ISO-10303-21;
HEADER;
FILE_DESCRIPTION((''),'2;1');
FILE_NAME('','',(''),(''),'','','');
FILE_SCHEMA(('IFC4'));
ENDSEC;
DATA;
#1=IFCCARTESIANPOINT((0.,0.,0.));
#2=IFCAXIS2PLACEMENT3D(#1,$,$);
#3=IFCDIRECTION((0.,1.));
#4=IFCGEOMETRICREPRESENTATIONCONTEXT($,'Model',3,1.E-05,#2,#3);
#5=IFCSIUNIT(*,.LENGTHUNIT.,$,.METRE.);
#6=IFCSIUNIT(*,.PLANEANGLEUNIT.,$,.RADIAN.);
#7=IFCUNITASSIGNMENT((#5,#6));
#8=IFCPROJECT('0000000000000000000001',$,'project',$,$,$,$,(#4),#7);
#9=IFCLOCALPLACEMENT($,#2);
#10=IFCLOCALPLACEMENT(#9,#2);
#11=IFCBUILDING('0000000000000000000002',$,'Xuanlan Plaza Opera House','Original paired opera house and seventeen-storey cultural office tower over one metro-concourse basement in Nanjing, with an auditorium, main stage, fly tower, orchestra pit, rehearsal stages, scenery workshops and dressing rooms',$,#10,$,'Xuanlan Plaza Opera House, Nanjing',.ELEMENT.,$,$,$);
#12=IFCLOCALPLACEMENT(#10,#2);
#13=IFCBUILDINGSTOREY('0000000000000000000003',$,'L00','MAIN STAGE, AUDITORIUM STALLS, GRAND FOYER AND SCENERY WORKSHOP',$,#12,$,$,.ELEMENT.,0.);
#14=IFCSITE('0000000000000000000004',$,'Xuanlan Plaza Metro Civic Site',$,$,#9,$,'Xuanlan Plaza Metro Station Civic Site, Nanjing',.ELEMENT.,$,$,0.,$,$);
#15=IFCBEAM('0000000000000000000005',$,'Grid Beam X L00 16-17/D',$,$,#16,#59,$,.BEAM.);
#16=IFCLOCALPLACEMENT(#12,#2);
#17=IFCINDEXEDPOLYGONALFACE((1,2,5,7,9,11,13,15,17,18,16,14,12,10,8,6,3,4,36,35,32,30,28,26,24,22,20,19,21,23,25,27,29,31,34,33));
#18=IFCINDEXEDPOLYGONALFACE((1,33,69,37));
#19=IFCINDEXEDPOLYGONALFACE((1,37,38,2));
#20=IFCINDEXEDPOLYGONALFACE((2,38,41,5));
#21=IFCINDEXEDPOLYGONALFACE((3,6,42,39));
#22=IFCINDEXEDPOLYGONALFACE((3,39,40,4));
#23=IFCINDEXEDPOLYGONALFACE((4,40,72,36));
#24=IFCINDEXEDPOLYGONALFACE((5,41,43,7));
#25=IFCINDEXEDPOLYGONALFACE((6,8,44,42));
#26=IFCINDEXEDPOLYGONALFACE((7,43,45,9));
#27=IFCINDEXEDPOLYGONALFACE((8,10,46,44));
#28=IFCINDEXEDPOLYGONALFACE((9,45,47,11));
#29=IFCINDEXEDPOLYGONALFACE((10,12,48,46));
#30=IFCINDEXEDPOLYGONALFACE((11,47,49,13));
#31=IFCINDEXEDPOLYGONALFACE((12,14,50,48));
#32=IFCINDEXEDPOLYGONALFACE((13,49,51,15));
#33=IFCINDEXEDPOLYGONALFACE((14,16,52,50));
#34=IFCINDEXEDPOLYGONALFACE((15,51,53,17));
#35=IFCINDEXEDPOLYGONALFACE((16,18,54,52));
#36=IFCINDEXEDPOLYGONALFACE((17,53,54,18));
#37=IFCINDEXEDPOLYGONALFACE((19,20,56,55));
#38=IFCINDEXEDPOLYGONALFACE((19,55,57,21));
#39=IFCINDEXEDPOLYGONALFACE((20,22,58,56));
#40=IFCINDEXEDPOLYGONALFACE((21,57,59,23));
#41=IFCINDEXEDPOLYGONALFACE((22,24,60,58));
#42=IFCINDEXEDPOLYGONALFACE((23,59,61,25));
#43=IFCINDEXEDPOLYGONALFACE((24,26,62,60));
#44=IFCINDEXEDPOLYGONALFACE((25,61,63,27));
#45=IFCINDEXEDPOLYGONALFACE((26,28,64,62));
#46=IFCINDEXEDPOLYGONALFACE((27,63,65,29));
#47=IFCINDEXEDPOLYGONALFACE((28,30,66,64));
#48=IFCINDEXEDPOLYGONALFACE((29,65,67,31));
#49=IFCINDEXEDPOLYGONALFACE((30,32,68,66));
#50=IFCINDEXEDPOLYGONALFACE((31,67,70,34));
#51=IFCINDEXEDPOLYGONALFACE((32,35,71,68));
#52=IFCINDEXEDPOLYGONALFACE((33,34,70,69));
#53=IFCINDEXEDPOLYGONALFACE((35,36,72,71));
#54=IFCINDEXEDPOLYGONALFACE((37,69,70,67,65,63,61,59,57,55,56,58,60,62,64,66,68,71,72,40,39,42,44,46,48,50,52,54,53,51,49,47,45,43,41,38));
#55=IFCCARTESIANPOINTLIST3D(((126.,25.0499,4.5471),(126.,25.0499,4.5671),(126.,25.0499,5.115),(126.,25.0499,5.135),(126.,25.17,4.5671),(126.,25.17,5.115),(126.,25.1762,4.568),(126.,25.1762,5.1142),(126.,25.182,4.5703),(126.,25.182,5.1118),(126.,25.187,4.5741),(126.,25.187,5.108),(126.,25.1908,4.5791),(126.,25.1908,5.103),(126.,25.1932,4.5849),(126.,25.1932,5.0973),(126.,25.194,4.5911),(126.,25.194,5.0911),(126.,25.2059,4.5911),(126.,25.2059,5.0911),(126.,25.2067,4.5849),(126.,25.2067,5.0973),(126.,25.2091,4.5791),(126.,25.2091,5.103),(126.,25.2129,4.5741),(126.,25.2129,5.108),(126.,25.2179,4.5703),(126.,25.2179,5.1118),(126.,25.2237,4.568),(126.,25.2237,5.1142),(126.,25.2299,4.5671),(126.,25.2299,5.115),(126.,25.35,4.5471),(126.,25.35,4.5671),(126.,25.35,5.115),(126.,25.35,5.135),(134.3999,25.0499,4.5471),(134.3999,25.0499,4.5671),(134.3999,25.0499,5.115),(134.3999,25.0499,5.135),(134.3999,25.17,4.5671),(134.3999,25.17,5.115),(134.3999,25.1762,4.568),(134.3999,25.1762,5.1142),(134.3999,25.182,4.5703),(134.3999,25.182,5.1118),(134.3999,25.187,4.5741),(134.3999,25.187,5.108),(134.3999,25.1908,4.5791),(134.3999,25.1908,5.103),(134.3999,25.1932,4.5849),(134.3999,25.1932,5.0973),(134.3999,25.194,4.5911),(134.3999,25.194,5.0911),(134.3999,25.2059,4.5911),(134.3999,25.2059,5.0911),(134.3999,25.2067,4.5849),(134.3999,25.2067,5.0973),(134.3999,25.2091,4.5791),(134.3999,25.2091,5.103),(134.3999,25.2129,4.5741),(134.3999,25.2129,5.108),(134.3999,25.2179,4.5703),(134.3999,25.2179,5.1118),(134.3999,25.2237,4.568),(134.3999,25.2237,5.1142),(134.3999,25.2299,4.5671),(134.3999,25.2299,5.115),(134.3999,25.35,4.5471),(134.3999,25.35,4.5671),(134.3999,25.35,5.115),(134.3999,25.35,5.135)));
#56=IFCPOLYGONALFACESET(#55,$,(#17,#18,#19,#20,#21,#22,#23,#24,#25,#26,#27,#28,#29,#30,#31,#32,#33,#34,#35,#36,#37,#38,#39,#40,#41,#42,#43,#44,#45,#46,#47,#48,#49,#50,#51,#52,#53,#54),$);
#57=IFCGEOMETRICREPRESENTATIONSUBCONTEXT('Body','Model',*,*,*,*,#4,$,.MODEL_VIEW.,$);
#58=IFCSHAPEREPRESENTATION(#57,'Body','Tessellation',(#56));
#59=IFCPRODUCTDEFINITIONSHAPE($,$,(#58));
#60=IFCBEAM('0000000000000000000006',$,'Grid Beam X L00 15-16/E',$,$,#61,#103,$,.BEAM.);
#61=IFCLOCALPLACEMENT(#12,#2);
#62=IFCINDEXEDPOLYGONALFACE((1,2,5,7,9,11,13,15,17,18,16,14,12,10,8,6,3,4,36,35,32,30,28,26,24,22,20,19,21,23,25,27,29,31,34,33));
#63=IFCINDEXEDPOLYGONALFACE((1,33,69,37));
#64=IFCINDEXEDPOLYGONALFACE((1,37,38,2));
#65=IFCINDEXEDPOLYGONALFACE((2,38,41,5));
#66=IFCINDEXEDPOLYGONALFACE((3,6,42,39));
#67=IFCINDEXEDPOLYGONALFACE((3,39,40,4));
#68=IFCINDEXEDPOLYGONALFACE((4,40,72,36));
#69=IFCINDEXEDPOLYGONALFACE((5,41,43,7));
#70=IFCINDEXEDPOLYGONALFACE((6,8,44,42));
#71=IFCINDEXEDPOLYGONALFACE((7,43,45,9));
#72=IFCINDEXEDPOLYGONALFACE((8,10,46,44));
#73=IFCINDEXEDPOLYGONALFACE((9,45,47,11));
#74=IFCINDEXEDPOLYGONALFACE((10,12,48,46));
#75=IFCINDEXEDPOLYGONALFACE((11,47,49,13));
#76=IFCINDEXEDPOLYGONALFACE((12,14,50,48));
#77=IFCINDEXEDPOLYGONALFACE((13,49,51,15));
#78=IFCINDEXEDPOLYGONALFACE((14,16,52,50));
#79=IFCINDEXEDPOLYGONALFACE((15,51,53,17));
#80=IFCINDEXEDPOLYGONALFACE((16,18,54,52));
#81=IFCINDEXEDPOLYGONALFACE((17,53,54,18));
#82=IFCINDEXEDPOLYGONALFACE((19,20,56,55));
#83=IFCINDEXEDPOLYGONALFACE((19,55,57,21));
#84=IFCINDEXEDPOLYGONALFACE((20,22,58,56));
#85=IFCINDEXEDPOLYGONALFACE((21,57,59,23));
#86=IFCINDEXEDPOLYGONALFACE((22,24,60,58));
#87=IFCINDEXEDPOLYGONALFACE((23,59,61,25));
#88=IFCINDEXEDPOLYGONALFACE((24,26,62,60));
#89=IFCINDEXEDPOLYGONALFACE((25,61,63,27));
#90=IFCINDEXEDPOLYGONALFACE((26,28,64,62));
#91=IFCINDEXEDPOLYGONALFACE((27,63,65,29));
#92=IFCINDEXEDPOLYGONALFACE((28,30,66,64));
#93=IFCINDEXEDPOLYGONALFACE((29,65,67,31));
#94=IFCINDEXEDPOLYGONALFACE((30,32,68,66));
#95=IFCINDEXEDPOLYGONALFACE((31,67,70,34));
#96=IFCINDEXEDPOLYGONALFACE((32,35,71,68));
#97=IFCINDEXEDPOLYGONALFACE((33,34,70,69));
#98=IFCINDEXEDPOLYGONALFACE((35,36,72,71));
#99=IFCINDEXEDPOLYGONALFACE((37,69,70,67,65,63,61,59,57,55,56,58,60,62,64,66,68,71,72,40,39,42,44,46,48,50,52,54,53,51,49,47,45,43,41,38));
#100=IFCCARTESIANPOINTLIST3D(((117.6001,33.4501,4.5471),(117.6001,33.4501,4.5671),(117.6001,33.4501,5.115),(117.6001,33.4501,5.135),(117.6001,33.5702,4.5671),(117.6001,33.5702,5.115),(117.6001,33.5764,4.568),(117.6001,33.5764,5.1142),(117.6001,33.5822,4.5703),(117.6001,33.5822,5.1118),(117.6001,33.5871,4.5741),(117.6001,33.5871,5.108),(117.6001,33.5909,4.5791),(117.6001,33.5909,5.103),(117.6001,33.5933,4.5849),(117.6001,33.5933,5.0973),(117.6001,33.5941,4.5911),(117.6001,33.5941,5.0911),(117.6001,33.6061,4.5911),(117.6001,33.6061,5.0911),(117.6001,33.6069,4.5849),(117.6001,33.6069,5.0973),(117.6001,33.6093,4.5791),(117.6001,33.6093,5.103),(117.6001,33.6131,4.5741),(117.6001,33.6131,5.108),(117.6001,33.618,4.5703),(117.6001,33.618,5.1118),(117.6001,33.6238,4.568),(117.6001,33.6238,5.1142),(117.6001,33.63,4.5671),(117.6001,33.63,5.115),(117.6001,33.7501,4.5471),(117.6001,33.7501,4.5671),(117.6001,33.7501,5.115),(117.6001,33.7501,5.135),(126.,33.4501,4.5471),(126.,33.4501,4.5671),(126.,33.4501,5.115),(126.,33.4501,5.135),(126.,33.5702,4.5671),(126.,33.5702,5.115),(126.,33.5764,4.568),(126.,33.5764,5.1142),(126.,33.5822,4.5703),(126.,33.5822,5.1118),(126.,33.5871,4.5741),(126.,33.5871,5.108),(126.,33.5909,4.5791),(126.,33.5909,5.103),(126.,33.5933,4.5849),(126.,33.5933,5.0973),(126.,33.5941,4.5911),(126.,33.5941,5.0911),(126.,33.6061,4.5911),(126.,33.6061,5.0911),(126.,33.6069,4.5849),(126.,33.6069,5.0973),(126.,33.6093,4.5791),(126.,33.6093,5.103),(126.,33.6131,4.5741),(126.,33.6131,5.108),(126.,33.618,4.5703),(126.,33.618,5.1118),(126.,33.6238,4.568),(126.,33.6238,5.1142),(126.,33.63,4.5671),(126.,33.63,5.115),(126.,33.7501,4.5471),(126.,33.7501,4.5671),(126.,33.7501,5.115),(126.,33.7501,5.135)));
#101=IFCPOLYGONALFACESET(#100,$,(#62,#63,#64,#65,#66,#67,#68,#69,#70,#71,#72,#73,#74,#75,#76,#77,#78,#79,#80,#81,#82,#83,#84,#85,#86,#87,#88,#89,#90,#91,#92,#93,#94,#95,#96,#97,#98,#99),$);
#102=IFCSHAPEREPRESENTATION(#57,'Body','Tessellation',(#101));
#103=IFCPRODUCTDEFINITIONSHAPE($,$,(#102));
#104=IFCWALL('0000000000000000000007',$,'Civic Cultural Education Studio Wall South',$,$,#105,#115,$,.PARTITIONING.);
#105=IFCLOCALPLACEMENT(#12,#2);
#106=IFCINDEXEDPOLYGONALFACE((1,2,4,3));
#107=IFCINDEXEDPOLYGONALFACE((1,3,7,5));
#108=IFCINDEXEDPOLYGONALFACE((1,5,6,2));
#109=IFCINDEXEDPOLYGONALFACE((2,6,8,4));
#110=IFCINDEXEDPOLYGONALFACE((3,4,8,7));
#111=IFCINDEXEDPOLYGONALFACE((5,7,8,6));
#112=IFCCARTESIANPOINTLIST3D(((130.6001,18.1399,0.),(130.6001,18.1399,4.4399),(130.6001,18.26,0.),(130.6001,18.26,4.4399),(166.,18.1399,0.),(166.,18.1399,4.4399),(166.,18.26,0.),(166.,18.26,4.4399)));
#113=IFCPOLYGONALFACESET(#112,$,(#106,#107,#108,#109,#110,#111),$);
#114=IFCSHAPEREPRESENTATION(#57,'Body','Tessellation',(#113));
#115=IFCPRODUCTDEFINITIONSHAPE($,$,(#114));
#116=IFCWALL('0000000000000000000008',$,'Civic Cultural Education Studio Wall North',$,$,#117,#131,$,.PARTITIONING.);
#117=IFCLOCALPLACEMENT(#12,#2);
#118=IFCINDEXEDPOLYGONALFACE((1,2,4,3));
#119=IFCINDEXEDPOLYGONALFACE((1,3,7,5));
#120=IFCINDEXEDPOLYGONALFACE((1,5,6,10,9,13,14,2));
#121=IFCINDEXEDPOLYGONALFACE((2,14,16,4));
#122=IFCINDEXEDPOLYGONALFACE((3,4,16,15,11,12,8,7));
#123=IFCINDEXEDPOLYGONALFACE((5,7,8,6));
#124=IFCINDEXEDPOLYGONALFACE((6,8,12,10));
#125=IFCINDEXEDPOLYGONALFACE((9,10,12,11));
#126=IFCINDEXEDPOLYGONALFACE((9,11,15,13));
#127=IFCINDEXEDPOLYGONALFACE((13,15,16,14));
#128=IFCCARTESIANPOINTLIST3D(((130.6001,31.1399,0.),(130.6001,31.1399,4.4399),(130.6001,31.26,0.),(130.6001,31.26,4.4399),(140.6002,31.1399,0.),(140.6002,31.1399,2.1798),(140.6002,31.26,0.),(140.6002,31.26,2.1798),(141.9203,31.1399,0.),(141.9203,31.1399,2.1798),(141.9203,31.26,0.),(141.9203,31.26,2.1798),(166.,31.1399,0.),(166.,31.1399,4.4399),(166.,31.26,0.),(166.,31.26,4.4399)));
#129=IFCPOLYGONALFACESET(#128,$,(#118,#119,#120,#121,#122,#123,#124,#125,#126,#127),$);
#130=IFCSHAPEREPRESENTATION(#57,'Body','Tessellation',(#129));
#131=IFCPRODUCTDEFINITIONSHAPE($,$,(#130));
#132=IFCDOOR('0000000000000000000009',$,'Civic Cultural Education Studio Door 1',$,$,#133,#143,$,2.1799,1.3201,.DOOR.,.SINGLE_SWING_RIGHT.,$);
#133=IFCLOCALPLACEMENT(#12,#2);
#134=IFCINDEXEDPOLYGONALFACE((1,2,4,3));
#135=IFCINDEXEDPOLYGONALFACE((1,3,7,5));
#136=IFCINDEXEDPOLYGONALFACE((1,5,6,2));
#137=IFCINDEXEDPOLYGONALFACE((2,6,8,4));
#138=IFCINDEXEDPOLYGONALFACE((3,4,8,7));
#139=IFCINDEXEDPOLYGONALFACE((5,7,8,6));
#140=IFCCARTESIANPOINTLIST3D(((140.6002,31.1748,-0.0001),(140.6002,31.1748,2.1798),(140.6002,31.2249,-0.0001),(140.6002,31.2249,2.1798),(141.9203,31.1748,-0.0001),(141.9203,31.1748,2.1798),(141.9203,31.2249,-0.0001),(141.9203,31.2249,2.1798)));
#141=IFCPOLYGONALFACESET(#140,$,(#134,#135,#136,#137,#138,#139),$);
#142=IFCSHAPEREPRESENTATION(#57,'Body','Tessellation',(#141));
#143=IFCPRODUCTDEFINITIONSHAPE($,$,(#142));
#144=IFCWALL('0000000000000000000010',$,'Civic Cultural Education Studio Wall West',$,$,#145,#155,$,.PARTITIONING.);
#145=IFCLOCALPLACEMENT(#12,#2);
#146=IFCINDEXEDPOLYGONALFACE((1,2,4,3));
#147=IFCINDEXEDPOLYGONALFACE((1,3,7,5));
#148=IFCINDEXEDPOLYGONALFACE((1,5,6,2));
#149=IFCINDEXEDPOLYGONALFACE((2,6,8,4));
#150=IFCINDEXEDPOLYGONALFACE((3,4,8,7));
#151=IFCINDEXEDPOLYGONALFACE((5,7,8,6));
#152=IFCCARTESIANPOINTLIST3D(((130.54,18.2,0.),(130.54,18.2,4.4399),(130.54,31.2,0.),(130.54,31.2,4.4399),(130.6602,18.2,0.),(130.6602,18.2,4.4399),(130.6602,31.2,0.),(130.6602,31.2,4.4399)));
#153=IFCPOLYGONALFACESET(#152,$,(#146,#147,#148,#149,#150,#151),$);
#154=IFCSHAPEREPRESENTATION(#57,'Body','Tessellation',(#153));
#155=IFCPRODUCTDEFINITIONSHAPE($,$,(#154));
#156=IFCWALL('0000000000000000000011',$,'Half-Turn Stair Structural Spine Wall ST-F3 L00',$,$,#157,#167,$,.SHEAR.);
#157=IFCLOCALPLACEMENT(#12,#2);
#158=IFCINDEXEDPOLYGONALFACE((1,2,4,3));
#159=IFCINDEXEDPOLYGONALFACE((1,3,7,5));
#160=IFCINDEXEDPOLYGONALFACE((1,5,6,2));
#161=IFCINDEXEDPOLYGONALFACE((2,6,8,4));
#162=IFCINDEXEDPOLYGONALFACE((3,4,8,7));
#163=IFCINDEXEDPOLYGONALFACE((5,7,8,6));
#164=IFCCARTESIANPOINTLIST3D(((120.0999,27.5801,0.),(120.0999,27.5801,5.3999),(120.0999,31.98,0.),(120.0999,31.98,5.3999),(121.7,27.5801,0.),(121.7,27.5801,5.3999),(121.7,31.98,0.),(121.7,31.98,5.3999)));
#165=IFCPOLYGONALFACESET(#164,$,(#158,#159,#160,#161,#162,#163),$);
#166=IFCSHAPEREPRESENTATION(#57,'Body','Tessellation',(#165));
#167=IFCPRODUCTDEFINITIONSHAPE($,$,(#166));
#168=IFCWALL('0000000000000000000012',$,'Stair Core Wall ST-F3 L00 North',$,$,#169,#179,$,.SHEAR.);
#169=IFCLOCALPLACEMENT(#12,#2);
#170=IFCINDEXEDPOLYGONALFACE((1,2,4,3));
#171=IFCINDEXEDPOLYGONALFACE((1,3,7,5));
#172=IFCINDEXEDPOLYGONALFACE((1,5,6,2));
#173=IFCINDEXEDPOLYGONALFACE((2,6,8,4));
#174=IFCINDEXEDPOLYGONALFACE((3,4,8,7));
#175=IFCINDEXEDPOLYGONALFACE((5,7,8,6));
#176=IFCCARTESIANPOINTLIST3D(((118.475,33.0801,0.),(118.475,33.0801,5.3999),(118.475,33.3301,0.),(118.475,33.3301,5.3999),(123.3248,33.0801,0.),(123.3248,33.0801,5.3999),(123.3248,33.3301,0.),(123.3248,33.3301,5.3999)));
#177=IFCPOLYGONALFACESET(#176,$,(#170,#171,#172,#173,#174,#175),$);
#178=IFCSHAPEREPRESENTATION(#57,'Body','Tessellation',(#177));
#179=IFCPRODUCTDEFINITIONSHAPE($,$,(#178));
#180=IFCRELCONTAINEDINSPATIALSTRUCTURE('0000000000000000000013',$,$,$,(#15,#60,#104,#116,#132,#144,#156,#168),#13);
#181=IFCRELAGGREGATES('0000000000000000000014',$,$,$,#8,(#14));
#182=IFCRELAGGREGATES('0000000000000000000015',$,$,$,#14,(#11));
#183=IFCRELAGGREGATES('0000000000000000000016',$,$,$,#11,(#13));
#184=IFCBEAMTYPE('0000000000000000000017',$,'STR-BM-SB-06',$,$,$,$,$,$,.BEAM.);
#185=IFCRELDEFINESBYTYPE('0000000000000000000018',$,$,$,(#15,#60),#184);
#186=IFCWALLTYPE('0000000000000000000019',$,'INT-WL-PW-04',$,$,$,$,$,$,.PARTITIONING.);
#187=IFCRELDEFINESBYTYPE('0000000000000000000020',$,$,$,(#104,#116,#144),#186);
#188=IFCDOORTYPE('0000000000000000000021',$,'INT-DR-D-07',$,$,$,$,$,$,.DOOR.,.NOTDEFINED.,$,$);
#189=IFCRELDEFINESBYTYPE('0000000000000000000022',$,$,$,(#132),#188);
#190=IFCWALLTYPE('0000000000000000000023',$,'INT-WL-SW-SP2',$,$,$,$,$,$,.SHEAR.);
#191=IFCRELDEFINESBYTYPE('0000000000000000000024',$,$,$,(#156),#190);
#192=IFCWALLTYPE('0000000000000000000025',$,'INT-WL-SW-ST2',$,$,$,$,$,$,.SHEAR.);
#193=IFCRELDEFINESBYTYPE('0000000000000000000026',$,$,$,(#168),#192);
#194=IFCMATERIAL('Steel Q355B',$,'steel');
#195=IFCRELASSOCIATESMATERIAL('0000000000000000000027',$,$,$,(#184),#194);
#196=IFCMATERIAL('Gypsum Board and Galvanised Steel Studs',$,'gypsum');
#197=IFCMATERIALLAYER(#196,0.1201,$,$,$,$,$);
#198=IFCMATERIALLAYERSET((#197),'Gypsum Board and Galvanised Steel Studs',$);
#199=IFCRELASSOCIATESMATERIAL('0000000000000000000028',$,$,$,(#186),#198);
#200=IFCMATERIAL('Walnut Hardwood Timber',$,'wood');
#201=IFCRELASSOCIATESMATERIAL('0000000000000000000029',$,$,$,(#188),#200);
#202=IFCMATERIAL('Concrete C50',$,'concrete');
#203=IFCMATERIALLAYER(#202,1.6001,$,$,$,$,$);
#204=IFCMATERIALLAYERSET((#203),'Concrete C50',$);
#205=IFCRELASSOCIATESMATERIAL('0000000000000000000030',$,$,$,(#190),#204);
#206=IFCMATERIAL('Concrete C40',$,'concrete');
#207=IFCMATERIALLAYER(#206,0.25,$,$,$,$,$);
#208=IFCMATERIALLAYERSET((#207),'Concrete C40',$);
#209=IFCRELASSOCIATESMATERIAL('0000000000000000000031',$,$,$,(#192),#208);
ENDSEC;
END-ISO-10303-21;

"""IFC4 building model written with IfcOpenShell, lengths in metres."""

from ifc_helpers import new_model, si_unit, direction, frame, frame_2d, origin, origin_2d, place, context, subcontext, project, spatial, rectangle, i_section, extrude, material, layer, layer_set, material_profile, profile_set, type_object, element, fill, save


model = new_model("IFC4")

# Units and contexts
model_context = context("Model", 3, precision=1e-05, world=origin(), true_north=direction((0.0, 1.0)))
body_context = subcontext(model_context, "Body", "Model", "MODEL_VIEW")
ifc_project = project(units=[si_unit("LENGTHUNIT", "METRE"), si_unit("PLANEANGLEUNIT", "RADIAN")], contexts=[model_context])

# Site, building, storey
site_placement = place(None, origin())
site = spatial("IfcSite", under=ifc_project, at=site_placement, Name="Xuanlan Plaza Metro Civic Site", LongName="Xuanlan Plaza Metro Station Civic Site, Nanjing", CompositionType="ELEMENT", RefElevation=0.0)
building_placement = place(site_placement, origin())
building = spatial("IfcBuilding", under=site, at=building_placement, Name="Xuanlan Plaza Opera House", Description="Original paired opera house and seventeen-storey cultural office tower over one metro-concourse basement in Nanjing, with an auditorium, main stage, fly tower, orchestra pit, rehearsal stages, scenery workshops and dressing rooms", LongName="Xuanlan Plaza Opera House, Nanjing", CompositionType="ELEMENT")
storey_placement = place(building_placement, origin())
storey = spatial("IfcBuildingStorey", under=building, at=storey_placement, Name="L00", Description="MAIN STAGE, AUDITORIUM STALLS, GRAND FOYER AND SCENERY WORKSHOP", CompositionType="ELEMENT", Elevation=0.0)

# Shared definitions
ifc_material_1 = material(Name="Concrete C40", Category="concrete")
ifc_material_2 = material(Name="Steel Q355B", Category="steel")

# Beams
ifc_material_3 = material(Name="Concrete C50", Category="concrete")
ifc_material_profile_1 = material_profile(ifc_material_2, i_section(OverallWidth=0.3, OverallDepth=0.5879, WebThickness=0.012, FlangeThickness=0.02, FilletRadius=0.0239, at=origin_2d()), Name="HM 588x300x12x20")
ifc_profile_set_1 = profile_set([ifc_material_profile_1], Name="Steel Q355B")
beam_type_1 = type_object("IfcBeamType", Name="STR-BM-SB-06", PredefinedType="BEAM", material=ifc_profile_set_1)
for number, where, z_axis, x_axis, name in (
    (1, (126.0, 25.2, 4.8411), (1.0, 0.0, 0.0), (0.0, 1.0, 0.0), "Grid Beam X L00 16-17/D"),
    (2, (117.6001, 33.6001, 4.8411), (1.0, 0.0, 0.0), (0.0, 1.0, 0.0), "Grid Beam X L00 15-16/E"),
):
    element("IfcBeam", number, at=place(storey_placement, frame(where, z_axis=z_axis, x_axis=x_axis)), inside=storey, type_object=beam_type_1, Name=name, PredefinedType="BEAM", context=body_context, shape_type="SweptSolid", body=[
        extrude(i_section(OverallWidth=0.3, OverallDepth=0.5879, WebThickness=0.012, FlangeThickness=0.02, FilletRadius=0.0239, at=origin_2d()), origin(), (0.0, 0.0, 1.0), 8.3999),
    ])

# Wall
ifc_material_4 = material(Name="Gypsum Board and Galvanised Steel Studs", Category="gypsum")
ifc_layer_1 = layer(ifc_material_4, 0.1201)
ifc_layer_set_1 = layer_set([ifc_layer_1], Name="Gypsum Board and Galvanised Steel Studs")
wall_type_1 = type_object("IfcWallType", Name="INT-WL-PW-04", PredefinedType="PARTITIONING", material=ifc_layer_set_1)
wall_1_placement = place(storey_placement, frame((130.6001, 18.2, 0.0), z_axis=(0.0, 0.0, 1.0), x_axis=(1.0, 0.0, 0.0)))
element("IfcWall", 3, at=wall_1_placement, inside=storey, type_object=wall_type_1, Name="Civic Cultural Education Studio Wall South", PredefinedType="PARTITIONING", context=body_context, shape_type="SweptSolid", body=[
    extrude(rectangle(XDim=35.3999, YDim=0.1201, at=frame_2d((17.7, 0.0))), origin(), (0.0, 0.0, 1.0), 4.4399),
])

# Wall, opening, door
wall_2_placement = place(storey_placement, frame((130.6001, 31.2, 0.0), z_axis=(0.0, 0.0, 1.0), x_axis=(1.0, 0.0, 0.0)))
wall_2 = element("IfcWall", 4, at=wall_2_placement, inside=storey, type_object=wall_type_1, Name="Civic Cultural Education Studio Wall North", PredefinedType="PARTITIONING", context=body_context, shape_type="SweptSolid", body=[
    extrude(rectangle(XDim=35.3999, YDim=0.1201, at=frame_2d((17.7, 0.0))), origin(), (0.0, 0.0, 1.0), 4.4399),
])
opening_1_placement = place(wall_2_placement, frame((10.0, 0.0, 0.0)))
opening_1 = element("IfcOpeningElement", 5, at=opening_1_placement, cuts=wall_2, PredefinedType="OPENING", context=body_context, shape_type="SweptSolid", body=[
    extrude(rectangle(XDim=1.3201, YDim=2.1799, at=frame_2d((0.6602, 1.0898))), frame((0.0, 0.0701, 0.0), z_axis=(0.0, -1.0, 0.0), x_axis=(1.0, 0.0, 0.0)), (0.0, 0.0, 1.0), 0.1401),
])
ifc_material_5 = material(Name="Walnut Hardwood Timber", Category="wood")
door_type_1 = type_object("IfcDoorType", Name="INT-DR-D-07", OperationType="NOTDEFINED", PredefinedType="DOOR", material=ifc_material_5)
door_1_placement = place(opening_1_placement, origin())
door_1 = element("IfcDoor", 6, at=door_1_placement, inside=storey, type_object=door_type_1, Name="Civic Cultural Education Studio Door 1", OperationType="SINGLE_SWING_RIGHT", OverallHeight=2.1799, OverallWidth=1.3201, PredefinedType="DOOR", context=body_context, shape_type="SweptSolid", body=[
    extrude(rectangle(XDim=1.3201, YDim=2.1799, at=frame_2d((0.6602, 1.0898))), frame((0.0, 0.0249, 0.0), z_axis=(0.0, -1.0, 0.0), x_axis=(1.0, 0.0, 0.0)), (0.0, 0.0, 1.0), 0.05),
])
fill(opening_1, door_1)

# Walls
wall_3_placement = place(storey_placement, frame((130.6001, 18.2, 0.0), z_axis=(0.0, 0.0, 1.0), x_axis=(0.0, 1.0, 0.0)))
element("IfcWall", 7, at=wall_3_placement, inside=storey, type_object=wall_type_1, Name="Civic Cultural Education Studio Wall West", PredefinedType="PARTITIONING", context=body_context, shape_type="SweptSolid", body=[
    extrude(rectangle(XDim=13.0, YDim=0.1201, at=frame_2d((6.5, 0.0))), origin(), (0.0, 0.0, 1.0), 4.4399),
])
ifc_layer_2 = layer(ifc_material_3, 1.6001)
ifc_layer_set_2 = layer_set([ifc_layer_2], Name="Concrete C50")
wall_type_2 = type_object("IfcWallType", Name="INT-WL-SW-SP2", PredefinedType="SHEAR", material=ifc_layer_set_2)
wall_4_placement = place(storey_placement, frame((120.8999, 27.5801, 0.0), z_axis=(0.0, 0.0, 1.0), x_axis=(0.0, 1.0, 0.0)))
element("IfcWall", 8, at=wall_4_placement, inside=storey, type_object=wall_type_2, Name="Half-Turn Stair Structural Spine Wall ST-F3 L00", PredefinedType="SHEAR", context=body_context, shape_type="SweptSolid", body=[
    extrude(rectangle(XDim=4.3999, YDim=1.6001, at=frame_2d((2.2, 0.0))), origin(), (0.0, 0.0, 1.0), 5.3999),
])

# Shared definitions
ifc_layer_3 = layer(ifc_material_1, 0.25)
ifc_layer_set_3 = layer_set([ifc_layer_3], Name="Concrete C40")
wall_type_3 = type_object("IfcWallType", Name="INT-WL-SW-ST2", PredefinedType="SHEAR", material=ifc_layer_set_3)

# Wall
wall_5_placement = place(storey_placement, frame((118.4751, 33.2051, 0.0), z_axis=(0.0, 0.0, 1.0), x_axis=(1.0, 0.0, 0.0)))
element("IfcWall", 9, at=wall_5_placement, inside=storey, type_object=wall_type_3, Name="Stair Core Wall ST-F3 L00 North", PredefinedType="SHEAR", context=body_context, shape_type="SweptSolid", body=[
    extrude(rectangle(XDim=4.8499, YDim=0.25, at=frame_2d((2.4248, 0.0))), origin(), (0.0, 0.0, 1.0), 5.3999),
])

save(model, "model.ifc")
